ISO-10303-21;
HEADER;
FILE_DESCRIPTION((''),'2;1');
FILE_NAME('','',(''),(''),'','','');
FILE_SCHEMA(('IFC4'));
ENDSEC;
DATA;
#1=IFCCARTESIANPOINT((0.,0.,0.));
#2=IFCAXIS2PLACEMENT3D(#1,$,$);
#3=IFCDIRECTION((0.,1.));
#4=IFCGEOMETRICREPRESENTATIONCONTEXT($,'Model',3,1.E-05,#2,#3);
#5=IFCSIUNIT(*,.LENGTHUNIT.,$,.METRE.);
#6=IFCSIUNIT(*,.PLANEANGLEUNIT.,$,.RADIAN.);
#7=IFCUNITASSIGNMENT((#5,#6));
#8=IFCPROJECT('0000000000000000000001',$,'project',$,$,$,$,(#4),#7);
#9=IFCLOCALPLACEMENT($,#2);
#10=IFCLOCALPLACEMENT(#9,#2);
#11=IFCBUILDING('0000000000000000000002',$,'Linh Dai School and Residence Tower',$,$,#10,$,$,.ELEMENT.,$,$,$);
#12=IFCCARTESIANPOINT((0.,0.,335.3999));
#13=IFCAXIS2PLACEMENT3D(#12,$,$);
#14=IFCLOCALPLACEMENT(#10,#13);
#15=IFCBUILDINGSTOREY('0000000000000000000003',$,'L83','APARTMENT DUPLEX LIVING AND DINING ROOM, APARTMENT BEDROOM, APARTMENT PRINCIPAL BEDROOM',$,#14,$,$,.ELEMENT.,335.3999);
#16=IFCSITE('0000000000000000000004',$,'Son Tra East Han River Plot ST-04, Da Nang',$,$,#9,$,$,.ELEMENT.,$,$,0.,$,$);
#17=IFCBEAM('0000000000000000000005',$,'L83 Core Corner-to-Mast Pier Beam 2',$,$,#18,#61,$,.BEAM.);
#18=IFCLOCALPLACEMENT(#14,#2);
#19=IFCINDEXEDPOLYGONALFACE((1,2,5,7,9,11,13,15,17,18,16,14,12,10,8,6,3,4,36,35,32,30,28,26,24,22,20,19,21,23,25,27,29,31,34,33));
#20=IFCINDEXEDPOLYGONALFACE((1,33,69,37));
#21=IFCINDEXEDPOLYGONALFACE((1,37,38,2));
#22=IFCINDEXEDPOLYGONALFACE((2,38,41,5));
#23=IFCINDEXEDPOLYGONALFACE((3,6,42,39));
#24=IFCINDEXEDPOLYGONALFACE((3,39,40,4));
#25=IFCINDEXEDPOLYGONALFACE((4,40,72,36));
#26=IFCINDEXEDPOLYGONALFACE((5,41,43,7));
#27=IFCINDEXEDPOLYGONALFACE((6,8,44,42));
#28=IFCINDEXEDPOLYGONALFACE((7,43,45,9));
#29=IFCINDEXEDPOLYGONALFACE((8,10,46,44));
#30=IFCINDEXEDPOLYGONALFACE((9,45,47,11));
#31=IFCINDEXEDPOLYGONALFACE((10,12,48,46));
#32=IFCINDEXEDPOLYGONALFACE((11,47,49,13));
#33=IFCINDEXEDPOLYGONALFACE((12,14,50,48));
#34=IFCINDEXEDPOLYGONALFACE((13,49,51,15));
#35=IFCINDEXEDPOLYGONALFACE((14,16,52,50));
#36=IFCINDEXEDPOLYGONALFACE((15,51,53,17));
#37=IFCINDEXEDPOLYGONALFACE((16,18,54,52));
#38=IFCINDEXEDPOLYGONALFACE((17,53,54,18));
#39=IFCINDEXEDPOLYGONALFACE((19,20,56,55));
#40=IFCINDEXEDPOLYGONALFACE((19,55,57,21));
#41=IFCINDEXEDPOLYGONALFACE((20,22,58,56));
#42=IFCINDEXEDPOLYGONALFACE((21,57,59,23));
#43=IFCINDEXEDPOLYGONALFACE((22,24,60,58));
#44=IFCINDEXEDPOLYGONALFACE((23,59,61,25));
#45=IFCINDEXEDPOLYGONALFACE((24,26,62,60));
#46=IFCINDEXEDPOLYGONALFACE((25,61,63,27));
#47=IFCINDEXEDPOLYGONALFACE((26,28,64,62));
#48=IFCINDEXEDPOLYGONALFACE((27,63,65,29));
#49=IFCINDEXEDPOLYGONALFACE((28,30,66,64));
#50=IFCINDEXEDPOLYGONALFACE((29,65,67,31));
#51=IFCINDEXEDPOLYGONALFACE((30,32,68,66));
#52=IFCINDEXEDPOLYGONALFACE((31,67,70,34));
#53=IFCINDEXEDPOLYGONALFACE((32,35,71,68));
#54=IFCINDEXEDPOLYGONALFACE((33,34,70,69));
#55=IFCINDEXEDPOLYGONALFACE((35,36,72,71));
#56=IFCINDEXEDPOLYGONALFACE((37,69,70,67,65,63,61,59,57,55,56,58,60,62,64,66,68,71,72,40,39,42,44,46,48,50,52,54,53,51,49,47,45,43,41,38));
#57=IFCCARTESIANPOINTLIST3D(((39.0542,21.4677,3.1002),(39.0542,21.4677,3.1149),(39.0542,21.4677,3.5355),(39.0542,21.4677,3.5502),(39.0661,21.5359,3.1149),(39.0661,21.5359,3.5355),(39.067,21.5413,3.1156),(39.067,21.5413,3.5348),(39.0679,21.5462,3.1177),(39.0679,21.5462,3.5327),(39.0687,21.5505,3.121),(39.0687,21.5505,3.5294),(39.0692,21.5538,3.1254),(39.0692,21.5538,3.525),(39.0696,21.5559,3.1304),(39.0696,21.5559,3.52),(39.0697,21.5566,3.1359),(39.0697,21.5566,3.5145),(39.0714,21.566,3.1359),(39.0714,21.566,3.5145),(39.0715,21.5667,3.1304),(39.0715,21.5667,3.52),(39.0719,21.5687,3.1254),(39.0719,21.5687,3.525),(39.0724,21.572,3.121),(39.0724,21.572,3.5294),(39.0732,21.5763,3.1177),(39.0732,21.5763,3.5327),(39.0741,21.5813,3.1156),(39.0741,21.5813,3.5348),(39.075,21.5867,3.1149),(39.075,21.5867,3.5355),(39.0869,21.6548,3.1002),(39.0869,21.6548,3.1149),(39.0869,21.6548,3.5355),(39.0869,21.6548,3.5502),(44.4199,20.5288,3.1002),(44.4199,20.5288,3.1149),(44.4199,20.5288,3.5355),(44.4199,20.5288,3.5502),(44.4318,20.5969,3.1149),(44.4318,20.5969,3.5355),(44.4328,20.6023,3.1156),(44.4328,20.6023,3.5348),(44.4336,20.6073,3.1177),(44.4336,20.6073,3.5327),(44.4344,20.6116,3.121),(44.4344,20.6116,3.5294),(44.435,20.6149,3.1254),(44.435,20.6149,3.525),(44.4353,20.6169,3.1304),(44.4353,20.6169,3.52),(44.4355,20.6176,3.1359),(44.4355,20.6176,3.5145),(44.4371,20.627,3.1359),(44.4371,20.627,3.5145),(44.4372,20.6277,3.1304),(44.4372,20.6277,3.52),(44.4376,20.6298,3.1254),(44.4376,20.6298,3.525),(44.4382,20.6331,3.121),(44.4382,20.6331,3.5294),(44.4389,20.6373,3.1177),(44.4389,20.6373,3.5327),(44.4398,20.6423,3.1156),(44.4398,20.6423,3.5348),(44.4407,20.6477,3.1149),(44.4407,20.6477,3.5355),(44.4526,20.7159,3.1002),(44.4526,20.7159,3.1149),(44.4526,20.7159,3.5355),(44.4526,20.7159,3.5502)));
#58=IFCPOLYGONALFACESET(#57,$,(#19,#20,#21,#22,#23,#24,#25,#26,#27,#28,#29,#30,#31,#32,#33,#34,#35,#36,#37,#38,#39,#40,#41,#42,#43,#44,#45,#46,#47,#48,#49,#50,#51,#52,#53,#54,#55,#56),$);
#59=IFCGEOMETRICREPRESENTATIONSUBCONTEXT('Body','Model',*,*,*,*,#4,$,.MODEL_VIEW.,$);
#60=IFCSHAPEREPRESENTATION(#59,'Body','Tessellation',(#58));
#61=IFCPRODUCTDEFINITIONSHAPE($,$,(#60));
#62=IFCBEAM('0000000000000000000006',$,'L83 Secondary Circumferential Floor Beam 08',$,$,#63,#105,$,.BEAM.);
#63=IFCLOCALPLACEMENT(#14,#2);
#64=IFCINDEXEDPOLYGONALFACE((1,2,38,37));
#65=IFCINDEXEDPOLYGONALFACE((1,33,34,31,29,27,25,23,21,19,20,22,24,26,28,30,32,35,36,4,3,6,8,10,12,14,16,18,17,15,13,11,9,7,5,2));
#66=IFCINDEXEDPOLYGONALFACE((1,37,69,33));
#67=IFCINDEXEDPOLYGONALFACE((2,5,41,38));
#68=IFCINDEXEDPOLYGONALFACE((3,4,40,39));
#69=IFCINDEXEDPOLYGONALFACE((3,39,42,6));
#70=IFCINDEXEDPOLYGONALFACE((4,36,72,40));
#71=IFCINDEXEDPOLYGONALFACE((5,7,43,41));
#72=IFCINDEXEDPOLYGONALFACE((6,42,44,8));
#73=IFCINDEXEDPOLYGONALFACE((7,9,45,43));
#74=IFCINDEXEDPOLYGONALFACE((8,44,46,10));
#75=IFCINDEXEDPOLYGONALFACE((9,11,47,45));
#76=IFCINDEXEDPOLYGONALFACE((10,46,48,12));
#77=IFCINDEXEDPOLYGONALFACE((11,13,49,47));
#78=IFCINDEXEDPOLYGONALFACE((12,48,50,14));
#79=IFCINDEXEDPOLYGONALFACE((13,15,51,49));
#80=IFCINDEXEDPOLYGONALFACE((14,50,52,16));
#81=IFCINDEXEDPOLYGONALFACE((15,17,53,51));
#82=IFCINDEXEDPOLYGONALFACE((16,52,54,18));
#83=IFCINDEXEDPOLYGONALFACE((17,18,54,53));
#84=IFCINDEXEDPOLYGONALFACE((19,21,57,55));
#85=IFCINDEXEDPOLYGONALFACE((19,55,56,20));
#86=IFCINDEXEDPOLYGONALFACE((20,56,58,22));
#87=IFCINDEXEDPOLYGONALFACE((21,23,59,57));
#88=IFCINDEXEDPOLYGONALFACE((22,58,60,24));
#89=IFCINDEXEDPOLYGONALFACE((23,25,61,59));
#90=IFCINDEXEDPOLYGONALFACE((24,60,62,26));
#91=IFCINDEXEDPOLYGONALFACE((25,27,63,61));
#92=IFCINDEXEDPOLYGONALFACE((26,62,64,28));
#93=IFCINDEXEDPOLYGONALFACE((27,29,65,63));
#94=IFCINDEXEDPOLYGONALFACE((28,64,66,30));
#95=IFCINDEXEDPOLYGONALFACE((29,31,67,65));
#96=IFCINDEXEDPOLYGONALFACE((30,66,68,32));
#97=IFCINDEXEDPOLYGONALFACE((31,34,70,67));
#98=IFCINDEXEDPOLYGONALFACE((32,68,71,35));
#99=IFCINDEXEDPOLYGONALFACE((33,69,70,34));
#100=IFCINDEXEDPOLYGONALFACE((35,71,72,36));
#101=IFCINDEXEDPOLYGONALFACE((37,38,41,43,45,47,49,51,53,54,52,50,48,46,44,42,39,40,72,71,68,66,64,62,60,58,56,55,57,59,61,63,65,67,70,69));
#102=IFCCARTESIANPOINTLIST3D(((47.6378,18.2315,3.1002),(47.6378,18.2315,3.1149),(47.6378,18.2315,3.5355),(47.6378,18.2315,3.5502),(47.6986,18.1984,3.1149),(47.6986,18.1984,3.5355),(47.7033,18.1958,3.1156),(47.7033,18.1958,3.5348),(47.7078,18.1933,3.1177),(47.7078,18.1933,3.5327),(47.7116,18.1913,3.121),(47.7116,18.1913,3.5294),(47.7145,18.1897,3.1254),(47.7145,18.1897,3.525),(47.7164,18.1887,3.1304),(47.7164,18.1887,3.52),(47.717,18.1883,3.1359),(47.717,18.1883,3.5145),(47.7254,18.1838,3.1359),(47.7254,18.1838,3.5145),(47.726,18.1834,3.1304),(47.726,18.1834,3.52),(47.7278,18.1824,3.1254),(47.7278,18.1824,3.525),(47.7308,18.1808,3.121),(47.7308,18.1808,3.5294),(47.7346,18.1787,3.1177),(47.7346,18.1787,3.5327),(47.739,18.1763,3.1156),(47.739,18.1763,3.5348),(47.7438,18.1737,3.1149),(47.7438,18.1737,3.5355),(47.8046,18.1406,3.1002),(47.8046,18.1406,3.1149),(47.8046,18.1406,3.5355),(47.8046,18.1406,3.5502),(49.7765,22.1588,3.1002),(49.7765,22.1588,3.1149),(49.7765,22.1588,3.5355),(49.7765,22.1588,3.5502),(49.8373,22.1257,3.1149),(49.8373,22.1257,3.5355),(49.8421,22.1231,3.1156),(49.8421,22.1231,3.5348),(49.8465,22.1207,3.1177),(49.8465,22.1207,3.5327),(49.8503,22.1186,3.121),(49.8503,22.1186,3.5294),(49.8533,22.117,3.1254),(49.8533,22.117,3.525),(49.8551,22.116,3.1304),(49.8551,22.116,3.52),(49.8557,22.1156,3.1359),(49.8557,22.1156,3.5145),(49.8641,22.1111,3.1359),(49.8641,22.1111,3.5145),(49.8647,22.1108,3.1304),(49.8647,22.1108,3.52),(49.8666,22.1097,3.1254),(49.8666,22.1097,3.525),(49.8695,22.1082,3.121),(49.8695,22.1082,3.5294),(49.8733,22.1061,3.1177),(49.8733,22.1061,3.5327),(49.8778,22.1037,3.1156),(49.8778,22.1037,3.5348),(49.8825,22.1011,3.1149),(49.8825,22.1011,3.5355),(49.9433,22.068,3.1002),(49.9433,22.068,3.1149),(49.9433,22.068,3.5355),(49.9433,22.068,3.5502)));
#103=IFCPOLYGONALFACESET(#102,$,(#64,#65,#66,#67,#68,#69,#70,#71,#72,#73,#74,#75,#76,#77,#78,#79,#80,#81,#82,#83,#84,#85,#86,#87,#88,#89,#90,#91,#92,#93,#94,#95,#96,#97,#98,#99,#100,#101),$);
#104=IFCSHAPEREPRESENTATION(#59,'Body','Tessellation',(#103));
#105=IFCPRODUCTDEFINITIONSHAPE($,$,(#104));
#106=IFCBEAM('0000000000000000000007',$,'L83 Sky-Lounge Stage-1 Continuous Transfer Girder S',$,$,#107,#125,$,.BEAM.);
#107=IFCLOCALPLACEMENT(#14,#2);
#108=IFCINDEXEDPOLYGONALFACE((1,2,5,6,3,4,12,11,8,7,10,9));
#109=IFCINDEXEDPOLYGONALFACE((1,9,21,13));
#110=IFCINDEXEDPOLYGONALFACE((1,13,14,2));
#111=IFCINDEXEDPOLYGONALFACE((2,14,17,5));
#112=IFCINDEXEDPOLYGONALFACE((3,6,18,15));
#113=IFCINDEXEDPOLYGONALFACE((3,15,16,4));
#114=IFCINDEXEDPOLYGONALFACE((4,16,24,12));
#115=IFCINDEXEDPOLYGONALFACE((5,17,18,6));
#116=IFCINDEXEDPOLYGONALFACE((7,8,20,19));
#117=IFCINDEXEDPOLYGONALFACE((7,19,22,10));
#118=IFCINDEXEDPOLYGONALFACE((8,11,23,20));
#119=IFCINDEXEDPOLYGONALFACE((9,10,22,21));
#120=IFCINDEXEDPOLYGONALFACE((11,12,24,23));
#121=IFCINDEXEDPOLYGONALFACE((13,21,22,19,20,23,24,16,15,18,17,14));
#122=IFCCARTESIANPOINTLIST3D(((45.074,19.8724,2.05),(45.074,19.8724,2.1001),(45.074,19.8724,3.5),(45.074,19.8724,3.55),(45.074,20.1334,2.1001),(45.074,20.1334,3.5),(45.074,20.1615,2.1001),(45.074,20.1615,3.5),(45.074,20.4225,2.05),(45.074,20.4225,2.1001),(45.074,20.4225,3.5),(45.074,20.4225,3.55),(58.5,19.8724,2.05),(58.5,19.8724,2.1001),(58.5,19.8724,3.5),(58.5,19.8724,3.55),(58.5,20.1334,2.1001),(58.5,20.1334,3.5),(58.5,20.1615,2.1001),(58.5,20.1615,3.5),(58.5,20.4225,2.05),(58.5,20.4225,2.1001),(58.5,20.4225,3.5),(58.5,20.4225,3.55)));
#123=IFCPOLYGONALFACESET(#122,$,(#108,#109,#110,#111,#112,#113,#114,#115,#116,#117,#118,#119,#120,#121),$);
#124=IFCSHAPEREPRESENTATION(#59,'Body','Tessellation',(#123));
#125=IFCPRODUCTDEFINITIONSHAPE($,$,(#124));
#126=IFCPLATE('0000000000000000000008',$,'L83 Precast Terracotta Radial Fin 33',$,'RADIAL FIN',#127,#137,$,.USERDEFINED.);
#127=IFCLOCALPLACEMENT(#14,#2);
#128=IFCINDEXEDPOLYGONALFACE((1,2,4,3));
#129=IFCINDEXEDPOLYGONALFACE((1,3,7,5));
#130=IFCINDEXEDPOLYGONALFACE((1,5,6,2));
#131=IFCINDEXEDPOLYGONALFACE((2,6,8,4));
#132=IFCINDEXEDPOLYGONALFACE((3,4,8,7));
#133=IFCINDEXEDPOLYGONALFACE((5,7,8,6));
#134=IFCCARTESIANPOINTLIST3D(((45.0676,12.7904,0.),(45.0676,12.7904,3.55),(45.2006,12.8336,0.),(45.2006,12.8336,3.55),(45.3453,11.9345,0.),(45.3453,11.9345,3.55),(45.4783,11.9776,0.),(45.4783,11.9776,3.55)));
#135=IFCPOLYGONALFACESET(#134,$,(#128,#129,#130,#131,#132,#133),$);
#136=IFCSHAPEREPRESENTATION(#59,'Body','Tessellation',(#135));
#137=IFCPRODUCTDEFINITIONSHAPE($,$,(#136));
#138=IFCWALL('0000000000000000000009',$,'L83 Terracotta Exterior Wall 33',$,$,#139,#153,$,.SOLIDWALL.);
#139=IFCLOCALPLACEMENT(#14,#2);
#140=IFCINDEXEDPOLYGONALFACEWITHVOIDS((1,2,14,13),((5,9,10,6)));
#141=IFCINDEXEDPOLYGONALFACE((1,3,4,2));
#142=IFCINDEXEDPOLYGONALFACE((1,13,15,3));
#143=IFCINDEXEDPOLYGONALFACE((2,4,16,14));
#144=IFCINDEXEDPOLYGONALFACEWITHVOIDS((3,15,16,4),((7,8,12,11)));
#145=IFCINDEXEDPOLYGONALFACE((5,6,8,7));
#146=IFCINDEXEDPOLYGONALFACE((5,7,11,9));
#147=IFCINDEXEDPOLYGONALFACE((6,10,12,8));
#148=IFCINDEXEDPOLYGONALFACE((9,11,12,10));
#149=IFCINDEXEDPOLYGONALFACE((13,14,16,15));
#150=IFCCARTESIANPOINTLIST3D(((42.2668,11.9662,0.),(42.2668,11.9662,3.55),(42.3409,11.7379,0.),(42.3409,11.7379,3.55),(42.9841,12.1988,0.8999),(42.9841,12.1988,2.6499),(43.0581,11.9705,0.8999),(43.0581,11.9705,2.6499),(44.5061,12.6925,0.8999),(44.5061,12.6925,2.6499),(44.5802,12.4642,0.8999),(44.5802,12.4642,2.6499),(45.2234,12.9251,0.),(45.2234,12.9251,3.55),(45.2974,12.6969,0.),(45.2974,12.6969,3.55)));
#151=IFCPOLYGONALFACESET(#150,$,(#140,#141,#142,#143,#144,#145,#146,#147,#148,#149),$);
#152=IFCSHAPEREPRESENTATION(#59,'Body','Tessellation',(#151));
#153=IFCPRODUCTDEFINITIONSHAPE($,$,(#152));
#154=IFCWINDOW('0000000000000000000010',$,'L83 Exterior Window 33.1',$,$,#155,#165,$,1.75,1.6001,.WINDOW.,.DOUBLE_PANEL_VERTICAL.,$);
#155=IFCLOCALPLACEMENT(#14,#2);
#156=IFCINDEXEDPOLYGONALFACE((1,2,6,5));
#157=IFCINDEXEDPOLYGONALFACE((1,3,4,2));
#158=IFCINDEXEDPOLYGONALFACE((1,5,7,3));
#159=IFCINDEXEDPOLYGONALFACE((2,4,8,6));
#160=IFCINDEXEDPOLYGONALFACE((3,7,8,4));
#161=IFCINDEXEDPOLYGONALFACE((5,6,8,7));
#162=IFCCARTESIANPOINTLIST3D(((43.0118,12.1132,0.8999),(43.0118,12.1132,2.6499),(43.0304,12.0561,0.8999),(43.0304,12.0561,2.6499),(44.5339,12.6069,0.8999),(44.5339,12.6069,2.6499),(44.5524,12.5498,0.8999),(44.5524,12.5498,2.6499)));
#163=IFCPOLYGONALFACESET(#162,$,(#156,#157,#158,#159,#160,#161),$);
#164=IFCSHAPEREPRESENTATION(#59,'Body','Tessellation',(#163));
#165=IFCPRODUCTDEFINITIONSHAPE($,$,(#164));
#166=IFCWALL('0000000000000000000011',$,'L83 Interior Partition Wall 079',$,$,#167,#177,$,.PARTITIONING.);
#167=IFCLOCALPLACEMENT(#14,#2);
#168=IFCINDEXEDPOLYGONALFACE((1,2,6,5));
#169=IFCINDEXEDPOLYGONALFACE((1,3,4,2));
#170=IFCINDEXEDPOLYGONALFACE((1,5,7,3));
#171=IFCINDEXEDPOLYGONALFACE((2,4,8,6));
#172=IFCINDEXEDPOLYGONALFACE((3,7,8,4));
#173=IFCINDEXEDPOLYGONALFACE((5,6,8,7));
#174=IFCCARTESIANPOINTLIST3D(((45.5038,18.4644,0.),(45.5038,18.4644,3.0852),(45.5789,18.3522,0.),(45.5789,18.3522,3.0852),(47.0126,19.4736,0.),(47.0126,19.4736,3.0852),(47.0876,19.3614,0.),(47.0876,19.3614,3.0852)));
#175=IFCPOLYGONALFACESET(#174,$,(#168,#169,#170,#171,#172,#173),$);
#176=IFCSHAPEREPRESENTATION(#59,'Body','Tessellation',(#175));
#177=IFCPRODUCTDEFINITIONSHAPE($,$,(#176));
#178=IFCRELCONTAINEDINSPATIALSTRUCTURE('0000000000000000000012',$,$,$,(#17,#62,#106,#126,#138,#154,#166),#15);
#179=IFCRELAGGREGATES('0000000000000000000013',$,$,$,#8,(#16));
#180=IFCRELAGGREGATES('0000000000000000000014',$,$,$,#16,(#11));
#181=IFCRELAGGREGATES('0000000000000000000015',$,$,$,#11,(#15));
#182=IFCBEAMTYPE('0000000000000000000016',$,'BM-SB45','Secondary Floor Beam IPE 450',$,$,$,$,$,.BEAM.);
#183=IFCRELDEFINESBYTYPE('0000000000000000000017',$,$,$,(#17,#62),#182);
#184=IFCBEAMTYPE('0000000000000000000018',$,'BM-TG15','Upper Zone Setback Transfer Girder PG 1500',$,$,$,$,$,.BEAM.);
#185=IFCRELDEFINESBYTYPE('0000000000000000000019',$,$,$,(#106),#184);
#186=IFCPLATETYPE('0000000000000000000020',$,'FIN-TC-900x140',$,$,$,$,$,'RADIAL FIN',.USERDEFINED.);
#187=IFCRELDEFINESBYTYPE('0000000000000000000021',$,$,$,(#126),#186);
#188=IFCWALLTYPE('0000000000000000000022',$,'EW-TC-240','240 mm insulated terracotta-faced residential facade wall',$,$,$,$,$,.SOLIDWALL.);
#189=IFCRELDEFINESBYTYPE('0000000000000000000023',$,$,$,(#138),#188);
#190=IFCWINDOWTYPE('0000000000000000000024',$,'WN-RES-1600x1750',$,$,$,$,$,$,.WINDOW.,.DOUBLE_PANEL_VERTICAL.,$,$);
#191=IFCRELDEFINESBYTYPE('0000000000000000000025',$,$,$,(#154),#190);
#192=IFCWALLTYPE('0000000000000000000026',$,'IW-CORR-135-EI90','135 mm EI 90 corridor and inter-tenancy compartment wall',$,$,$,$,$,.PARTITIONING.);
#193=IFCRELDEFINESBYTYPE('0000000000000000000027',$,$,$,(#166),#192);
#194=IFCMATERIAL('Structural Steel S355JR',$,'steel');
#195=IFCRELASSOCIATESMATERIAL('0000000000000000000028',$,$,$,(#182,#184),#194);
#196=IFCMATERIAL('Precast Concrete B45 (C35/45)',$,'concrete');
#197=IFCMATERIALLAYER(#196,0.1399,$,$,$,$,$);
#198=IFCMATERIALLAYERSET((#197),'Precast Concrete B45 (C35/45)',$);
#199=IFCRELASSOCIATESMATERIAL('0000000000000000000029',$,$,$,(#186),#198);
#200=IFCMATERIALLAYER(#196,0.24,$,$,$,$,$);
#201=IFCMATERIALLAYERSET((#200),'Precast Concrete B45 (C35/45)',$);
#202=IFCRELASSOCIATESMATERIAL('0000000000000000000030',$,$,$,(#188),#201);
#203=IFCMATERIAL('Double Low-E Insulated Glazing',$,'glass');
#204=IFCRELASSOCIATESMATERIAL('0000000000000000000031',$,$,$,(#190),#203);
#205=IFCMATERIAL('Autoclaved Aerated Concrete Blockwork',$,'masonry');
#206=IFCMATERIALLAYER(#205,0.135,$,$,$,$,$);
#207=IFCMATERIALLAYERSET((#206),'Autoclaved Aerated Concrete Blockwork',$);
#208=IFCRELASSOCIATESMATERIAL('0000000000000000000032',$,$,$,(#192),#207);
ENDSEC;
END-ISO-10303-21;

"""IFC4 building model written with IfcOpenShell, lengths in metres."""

from ifc_helpers import new_model, si_unit, direction, frame, frame_2d, origin, origin_2d, place, context, subcontext, project, spatial, rectangle, i_section, extrude, source, transform, mapped, material, layer, layer_set, material_profile, profile_set, type_object, element, fill, save


model = new_model("IFC4")

# Units and contexts
model_context = context("Model", 3, precision=1e-05, world=origin(), true_north=direction((0.0, 1.0)))
body_context = subcontext(model_context, "Body", "Model", "MODEL_VIEW")
ifc_project = project(units=[si_unit("LENGTHUNIT", "METRE"), si_unit("PLANEANGLEUNIT", "RADIAN")], contexts=[model_context])

# Site, building, storey
site_placement = place(None, origin())
site = spatial("IfcSite", under=ifc_project, at=site_placement, Name="Son Tra East Han River Plot ST-04, Da Nang", CompositionType="ELEMENT", RefElevation=0.0)
building_placement = place(site_placement, origin())
building = spatial("IfcBuilding", under=site, at=building_placement, Name="Linh Dai School and Residence Tower", CompositionType="ELEMENT")
storey_placement = place(building_placement, frame((0.0, 0.0, 335.3999)))
storey = spatial("IfcBuildingStorey", under=building, at=storey_placement, Name="L83", Description="APARTMENT DUPLEX LIVING AND DINING ROOM, APARTMENT BEDROOM, APARTMENT PRINCIPAL BEDROOM", CompositionType="ELEMENT", Elevation=335.3999)

# Shared definitions
ifc_material_1 = material(Name="Structural Steel S355JR", Category="steel")

# Beams
ifc_material_profile_1 = material_profile(ifc_material_1, i_section(OverallWidth=0.1899, OverallDepth=0.45, WebThickness=0.0095, FlangeThickness=0.0146, FilletRadius=0.021, at=origin_2d()), Name="IPE 450")
ifc_profile_set_1 = profile_set([ifc_material_profile_1], Name="Structural Steel S355JR")
beam_type_1 = type_object("IfcBeamType", Name="BM-SB45", Description="Secondary Floor Beam IPE 450", PredefinedType="BEAM", material=ifc_profile_set_1)
beam_1_placement = place(storey_placement, frame((44.4363, 20.6223, 3.3252), z_axis=(-0.985032, 0.172374, 0.0), x_axis=(-0.172374, -0.985032, 0.0)))
element("IfcBeam", 1, at=beam_1_placement, inside=storey, type_object=beam_type_1, Name="L83 Core Corner-to-Mast Pier Beam 2", PredefinedType="BEAM", context=body_context, shape_type="SweptSolid", body=[
    extrude(i_section(OverallWidth=0.1899, OverallDepth=0.45, WebThickness=0.0095, FlangeThickness=0.0146, FilletRadius=0.021, at=origin_2d()), origin(), (0.0, 0.0, 1.0), 5.4473),
])
beam_2_placement = place(storey_placement, frame((47.7212, 18.186, 3.3252), z_axis=(0.478255, 0.878221, 0.0), x_axis=(-0.878221, 0.478255, 0.0)))
element("IfcBeam", 2, at=beam_2_placement, inside=storey, type_object=beam_type_1, Name="L83 Secondary Circumferential Floor Beam 08", PredefinedType="BEAM", context=body_context, shape_type="SweptSolid", body=[
    extrude(i_section(OverallWidth=0.1899, OverallDepth=0.45, WebThickness=0.0095, FlangeThickness=0.0146, FilletRadius=0.021, at=origin_2d()), origin(), (0.0, 0.0, 1.0), 4.4719),
])
ifc_material_profile_2 = material_profile(ifc_material_1, i_section(OverallWidth=0.55, OverallDepth=1.5, WebThickness=0.0281, FlangeThickness=0.05, at=origin_2d()), Name="PG 1500x550x28x50")
ifc_profile_set_2 = profile_set([ifc_material_profile_2], Name="Structural Steel S355JR")
beam_type_2 = type_object("IfcBeamType", Name="BM-TG15", Description="Upper Zone Setback Transfer Girder PG 1500", PredefinedType="BEAM", material=ifc_profile_set_2)
beam_3_placement = place(storey_placement, frame((45.074, 20.1475, 2.8), z_axis=(1.0, 0.0, 0.0), x_axis=(0.0, 1.0, 0.0)))
element("IfcBeam", 3, at=beam_3_placement, inside=storey, type_object=beam_type_2, Name="L83 Sky-Lounge Stage-1 Continuous Transfer Girder S", PredefinedType="BEAM", context=body_context, shape_type="SweptSolid", body=[
    extrude(i_section(OverallWidth=0.55, OverallDepth=1.5, WebThickness=0.0281, FlangeThickness=0.05, at=origin_2d()), origin(), (0.0, 0.0, 1.0), 13.426),
])

# Plate
ifc_material_2 = material(Name="Precast Concrete B45 (C35/45)", Category="concrete")
ifc_layer_1 = layer(ifc_material_2, 0.1399)
ifc_layer_set_1 = layer_set([ifc_layer_1], Name="Precast Concrete B45 (C35/45)")
plate_type = type_object("IfcPlateType", Name="FIN-TC-900x140", ElementType="RADIAL FIN", PredefinedType="USERDEFINED", material=ifc_layer_set_1)
shared_shape_1 = source(origin(), body_context, "Body", "SweptSolid", [
    extrude(rectangle(XDim=0.8999, YDim=0.1399, at=origin_2d()), origin(), (0.0, 0.0, 1.0), 3.55),
])
plate_placement = place(storey_placement, frame((45.2729, 12.384, 0.0), z_axis=(0.0, 0.0, 1.0), x_axis=(0.308565, -0.951203, 0.0)))
element("IfcPlate", 4, at=plate_placement, inside=storey, type_object=plate_type, Name="L83 Precast Terracotta Radial Fin 33", ObjectType="RADIAL FIN", PredefinedType="USERDEFINED", context=body_context, shape_type="MappedRepresentation", body=[
    mapped(shared_shape_1, transform((0.0, 0.0, 0.0), x_axis=(1.0, 0.0, 0.0), y_axis=(0.0, 1.0, 0.0), z_axis=(0.0, 0.0, 1.0), scale=1.0)),
])

# Wall, opening, window
ifc_layer_2 = layer(ifc_material_2, 0.24)
ifc_layer_set_2 = layer_set([ifc_layer_2], Name="Precast Concrete B45 (C35/45)")
wall_type_1 = type_object("IfcWallType", Name="EW-TC-240", Description="240 mm insulated terracotta-faced residential facade wall", PredefinedType="SOLIDWALL", material=ifc_layer_set_2)
wall_1_placement = place(storey_placement, frame((45.2605, 12.811, 0.0), z_axis=(0.0, 0.0, 1.0), x_axis=(-0.951213, -0.308535, 0.0)))
wall_1 = element("IfcWall", 5, at=wall_1_placement, inside=storey, type_object=wall_type_1, Name="L83 Terracotta Exterior Wall 33", PredefinedType="SOLIDWALL", context=body_context, shape_type="SweptSolid", body=[
    extrude(rectangle(XDim=3.1082, YDim=0.24, at=frame_2d((1.5542, 0.0))), origin(), (0.0, 0.0, 1.0), 3.55),
])
opening_1_placement = place(wall_1_placement, frame((0.7542, 0.0, 0.8999)))
opening_1 = element("IfcOpeningElement", 6, at=opening_1_placement, cuts=wall_1, PredefinedType="OPENING", context=body_context, shape_type="SweptSolid", body=[
    extrude(rectangle(XDim=1.6001, YDim=1.75, at=origin_2d()), frame((0.8, 0.1299, 0.875), z_axis=(0.0, -1.0, 0.0), x_axis=(1.0, 0.0, 0.0)), (0.0, 0.0, 1.0), 0.26),
])
ifc_material_3 = material(Name="Double Low-E Insulated Glazing", Category="glass")
window_type = type_object("IfcWindowType", Name="WN-RES-1600x1750", PartitioningType="DOUBLE_PANEL_VERTICAL", PredefinedType="WINDOW", material=ifc_material_3)
shared_shape_2 = source(origin(), body_context, "Body", "SweptSolid", [
    extrude(rectangle(XDim=1.6001, YDim=1.75, at=origin_2d()), frame((0.8, 0.03, 0.875), z_axis=(0.0, -1.0, 0.0), x_axis=(1.0, 0.0, 0.0)), (0.0, 0.0, 1.0), 0.0601),
])
window_placement = place(opening_1_placement, origin())
window = element("IfcWindow", 7, at=window_placement, inside=storey, type_object=window_type, Name="L83 Exterior Window 33.1", OverallHeight=1.75, OverallWidth=1.6001, PartitioningType="DOUBLE_PANEL_VERTICAL", PredefinedType="WINDOW", context=body_context, shape_type="MappedRepresentation", body=[
    mapped(shared_shape_2, transform((0.0, 0.0, 0.0), x_axis=(1.0, 0.0, 0.0), y_axis=(0.0, 1.0, 0.0), z_axis=(0.0, 0.0, 1.0), scale=1.0)),
])
fill(opening_1, window)

# Wall
ifc_material_4 = material(Name="Autoclaved Aerated Concrete Blockwork", Category="masonry")
ifc_layer_3 = layer(ifc_material_4, 0.135)
ifc_layer_set_3 = layer_set([ifc_layer_3], Name="Autoclaved Aerated Concrete Blockwork")
wall_type_2 = type_object("IfcWallType", Name="IW-CORR-135-EI90", Description="135 mm EI 90 corridor and inter-tenancy compartment wall", PredefinedType="PARTITIONING", material=ifc_layer_set_3)
wall_2_placement = place(storey_placement, frame((45.5413, 18.4082, 0.0), z_axis=(0.0, 0.0, 1.0), x_axis=(0.83118, 0.556003, 0.0)))
element("IfcWall", 8, at=wall_2_placement, inside=storey, type_object=wall_type_2, Name="L83 Interior Partition Wall 079", PredefinedType="PARTITIONING", context=body_context, shape_type="SweptSolid", body=[
    extrude(rectangle(XDim=1.8152, YDim=0.135, at=frame_2d((0.9077, 0.0))), origin(), (0.0, 0.0, 1.0), 3.0852),
])

save(model, "model.ifc")
